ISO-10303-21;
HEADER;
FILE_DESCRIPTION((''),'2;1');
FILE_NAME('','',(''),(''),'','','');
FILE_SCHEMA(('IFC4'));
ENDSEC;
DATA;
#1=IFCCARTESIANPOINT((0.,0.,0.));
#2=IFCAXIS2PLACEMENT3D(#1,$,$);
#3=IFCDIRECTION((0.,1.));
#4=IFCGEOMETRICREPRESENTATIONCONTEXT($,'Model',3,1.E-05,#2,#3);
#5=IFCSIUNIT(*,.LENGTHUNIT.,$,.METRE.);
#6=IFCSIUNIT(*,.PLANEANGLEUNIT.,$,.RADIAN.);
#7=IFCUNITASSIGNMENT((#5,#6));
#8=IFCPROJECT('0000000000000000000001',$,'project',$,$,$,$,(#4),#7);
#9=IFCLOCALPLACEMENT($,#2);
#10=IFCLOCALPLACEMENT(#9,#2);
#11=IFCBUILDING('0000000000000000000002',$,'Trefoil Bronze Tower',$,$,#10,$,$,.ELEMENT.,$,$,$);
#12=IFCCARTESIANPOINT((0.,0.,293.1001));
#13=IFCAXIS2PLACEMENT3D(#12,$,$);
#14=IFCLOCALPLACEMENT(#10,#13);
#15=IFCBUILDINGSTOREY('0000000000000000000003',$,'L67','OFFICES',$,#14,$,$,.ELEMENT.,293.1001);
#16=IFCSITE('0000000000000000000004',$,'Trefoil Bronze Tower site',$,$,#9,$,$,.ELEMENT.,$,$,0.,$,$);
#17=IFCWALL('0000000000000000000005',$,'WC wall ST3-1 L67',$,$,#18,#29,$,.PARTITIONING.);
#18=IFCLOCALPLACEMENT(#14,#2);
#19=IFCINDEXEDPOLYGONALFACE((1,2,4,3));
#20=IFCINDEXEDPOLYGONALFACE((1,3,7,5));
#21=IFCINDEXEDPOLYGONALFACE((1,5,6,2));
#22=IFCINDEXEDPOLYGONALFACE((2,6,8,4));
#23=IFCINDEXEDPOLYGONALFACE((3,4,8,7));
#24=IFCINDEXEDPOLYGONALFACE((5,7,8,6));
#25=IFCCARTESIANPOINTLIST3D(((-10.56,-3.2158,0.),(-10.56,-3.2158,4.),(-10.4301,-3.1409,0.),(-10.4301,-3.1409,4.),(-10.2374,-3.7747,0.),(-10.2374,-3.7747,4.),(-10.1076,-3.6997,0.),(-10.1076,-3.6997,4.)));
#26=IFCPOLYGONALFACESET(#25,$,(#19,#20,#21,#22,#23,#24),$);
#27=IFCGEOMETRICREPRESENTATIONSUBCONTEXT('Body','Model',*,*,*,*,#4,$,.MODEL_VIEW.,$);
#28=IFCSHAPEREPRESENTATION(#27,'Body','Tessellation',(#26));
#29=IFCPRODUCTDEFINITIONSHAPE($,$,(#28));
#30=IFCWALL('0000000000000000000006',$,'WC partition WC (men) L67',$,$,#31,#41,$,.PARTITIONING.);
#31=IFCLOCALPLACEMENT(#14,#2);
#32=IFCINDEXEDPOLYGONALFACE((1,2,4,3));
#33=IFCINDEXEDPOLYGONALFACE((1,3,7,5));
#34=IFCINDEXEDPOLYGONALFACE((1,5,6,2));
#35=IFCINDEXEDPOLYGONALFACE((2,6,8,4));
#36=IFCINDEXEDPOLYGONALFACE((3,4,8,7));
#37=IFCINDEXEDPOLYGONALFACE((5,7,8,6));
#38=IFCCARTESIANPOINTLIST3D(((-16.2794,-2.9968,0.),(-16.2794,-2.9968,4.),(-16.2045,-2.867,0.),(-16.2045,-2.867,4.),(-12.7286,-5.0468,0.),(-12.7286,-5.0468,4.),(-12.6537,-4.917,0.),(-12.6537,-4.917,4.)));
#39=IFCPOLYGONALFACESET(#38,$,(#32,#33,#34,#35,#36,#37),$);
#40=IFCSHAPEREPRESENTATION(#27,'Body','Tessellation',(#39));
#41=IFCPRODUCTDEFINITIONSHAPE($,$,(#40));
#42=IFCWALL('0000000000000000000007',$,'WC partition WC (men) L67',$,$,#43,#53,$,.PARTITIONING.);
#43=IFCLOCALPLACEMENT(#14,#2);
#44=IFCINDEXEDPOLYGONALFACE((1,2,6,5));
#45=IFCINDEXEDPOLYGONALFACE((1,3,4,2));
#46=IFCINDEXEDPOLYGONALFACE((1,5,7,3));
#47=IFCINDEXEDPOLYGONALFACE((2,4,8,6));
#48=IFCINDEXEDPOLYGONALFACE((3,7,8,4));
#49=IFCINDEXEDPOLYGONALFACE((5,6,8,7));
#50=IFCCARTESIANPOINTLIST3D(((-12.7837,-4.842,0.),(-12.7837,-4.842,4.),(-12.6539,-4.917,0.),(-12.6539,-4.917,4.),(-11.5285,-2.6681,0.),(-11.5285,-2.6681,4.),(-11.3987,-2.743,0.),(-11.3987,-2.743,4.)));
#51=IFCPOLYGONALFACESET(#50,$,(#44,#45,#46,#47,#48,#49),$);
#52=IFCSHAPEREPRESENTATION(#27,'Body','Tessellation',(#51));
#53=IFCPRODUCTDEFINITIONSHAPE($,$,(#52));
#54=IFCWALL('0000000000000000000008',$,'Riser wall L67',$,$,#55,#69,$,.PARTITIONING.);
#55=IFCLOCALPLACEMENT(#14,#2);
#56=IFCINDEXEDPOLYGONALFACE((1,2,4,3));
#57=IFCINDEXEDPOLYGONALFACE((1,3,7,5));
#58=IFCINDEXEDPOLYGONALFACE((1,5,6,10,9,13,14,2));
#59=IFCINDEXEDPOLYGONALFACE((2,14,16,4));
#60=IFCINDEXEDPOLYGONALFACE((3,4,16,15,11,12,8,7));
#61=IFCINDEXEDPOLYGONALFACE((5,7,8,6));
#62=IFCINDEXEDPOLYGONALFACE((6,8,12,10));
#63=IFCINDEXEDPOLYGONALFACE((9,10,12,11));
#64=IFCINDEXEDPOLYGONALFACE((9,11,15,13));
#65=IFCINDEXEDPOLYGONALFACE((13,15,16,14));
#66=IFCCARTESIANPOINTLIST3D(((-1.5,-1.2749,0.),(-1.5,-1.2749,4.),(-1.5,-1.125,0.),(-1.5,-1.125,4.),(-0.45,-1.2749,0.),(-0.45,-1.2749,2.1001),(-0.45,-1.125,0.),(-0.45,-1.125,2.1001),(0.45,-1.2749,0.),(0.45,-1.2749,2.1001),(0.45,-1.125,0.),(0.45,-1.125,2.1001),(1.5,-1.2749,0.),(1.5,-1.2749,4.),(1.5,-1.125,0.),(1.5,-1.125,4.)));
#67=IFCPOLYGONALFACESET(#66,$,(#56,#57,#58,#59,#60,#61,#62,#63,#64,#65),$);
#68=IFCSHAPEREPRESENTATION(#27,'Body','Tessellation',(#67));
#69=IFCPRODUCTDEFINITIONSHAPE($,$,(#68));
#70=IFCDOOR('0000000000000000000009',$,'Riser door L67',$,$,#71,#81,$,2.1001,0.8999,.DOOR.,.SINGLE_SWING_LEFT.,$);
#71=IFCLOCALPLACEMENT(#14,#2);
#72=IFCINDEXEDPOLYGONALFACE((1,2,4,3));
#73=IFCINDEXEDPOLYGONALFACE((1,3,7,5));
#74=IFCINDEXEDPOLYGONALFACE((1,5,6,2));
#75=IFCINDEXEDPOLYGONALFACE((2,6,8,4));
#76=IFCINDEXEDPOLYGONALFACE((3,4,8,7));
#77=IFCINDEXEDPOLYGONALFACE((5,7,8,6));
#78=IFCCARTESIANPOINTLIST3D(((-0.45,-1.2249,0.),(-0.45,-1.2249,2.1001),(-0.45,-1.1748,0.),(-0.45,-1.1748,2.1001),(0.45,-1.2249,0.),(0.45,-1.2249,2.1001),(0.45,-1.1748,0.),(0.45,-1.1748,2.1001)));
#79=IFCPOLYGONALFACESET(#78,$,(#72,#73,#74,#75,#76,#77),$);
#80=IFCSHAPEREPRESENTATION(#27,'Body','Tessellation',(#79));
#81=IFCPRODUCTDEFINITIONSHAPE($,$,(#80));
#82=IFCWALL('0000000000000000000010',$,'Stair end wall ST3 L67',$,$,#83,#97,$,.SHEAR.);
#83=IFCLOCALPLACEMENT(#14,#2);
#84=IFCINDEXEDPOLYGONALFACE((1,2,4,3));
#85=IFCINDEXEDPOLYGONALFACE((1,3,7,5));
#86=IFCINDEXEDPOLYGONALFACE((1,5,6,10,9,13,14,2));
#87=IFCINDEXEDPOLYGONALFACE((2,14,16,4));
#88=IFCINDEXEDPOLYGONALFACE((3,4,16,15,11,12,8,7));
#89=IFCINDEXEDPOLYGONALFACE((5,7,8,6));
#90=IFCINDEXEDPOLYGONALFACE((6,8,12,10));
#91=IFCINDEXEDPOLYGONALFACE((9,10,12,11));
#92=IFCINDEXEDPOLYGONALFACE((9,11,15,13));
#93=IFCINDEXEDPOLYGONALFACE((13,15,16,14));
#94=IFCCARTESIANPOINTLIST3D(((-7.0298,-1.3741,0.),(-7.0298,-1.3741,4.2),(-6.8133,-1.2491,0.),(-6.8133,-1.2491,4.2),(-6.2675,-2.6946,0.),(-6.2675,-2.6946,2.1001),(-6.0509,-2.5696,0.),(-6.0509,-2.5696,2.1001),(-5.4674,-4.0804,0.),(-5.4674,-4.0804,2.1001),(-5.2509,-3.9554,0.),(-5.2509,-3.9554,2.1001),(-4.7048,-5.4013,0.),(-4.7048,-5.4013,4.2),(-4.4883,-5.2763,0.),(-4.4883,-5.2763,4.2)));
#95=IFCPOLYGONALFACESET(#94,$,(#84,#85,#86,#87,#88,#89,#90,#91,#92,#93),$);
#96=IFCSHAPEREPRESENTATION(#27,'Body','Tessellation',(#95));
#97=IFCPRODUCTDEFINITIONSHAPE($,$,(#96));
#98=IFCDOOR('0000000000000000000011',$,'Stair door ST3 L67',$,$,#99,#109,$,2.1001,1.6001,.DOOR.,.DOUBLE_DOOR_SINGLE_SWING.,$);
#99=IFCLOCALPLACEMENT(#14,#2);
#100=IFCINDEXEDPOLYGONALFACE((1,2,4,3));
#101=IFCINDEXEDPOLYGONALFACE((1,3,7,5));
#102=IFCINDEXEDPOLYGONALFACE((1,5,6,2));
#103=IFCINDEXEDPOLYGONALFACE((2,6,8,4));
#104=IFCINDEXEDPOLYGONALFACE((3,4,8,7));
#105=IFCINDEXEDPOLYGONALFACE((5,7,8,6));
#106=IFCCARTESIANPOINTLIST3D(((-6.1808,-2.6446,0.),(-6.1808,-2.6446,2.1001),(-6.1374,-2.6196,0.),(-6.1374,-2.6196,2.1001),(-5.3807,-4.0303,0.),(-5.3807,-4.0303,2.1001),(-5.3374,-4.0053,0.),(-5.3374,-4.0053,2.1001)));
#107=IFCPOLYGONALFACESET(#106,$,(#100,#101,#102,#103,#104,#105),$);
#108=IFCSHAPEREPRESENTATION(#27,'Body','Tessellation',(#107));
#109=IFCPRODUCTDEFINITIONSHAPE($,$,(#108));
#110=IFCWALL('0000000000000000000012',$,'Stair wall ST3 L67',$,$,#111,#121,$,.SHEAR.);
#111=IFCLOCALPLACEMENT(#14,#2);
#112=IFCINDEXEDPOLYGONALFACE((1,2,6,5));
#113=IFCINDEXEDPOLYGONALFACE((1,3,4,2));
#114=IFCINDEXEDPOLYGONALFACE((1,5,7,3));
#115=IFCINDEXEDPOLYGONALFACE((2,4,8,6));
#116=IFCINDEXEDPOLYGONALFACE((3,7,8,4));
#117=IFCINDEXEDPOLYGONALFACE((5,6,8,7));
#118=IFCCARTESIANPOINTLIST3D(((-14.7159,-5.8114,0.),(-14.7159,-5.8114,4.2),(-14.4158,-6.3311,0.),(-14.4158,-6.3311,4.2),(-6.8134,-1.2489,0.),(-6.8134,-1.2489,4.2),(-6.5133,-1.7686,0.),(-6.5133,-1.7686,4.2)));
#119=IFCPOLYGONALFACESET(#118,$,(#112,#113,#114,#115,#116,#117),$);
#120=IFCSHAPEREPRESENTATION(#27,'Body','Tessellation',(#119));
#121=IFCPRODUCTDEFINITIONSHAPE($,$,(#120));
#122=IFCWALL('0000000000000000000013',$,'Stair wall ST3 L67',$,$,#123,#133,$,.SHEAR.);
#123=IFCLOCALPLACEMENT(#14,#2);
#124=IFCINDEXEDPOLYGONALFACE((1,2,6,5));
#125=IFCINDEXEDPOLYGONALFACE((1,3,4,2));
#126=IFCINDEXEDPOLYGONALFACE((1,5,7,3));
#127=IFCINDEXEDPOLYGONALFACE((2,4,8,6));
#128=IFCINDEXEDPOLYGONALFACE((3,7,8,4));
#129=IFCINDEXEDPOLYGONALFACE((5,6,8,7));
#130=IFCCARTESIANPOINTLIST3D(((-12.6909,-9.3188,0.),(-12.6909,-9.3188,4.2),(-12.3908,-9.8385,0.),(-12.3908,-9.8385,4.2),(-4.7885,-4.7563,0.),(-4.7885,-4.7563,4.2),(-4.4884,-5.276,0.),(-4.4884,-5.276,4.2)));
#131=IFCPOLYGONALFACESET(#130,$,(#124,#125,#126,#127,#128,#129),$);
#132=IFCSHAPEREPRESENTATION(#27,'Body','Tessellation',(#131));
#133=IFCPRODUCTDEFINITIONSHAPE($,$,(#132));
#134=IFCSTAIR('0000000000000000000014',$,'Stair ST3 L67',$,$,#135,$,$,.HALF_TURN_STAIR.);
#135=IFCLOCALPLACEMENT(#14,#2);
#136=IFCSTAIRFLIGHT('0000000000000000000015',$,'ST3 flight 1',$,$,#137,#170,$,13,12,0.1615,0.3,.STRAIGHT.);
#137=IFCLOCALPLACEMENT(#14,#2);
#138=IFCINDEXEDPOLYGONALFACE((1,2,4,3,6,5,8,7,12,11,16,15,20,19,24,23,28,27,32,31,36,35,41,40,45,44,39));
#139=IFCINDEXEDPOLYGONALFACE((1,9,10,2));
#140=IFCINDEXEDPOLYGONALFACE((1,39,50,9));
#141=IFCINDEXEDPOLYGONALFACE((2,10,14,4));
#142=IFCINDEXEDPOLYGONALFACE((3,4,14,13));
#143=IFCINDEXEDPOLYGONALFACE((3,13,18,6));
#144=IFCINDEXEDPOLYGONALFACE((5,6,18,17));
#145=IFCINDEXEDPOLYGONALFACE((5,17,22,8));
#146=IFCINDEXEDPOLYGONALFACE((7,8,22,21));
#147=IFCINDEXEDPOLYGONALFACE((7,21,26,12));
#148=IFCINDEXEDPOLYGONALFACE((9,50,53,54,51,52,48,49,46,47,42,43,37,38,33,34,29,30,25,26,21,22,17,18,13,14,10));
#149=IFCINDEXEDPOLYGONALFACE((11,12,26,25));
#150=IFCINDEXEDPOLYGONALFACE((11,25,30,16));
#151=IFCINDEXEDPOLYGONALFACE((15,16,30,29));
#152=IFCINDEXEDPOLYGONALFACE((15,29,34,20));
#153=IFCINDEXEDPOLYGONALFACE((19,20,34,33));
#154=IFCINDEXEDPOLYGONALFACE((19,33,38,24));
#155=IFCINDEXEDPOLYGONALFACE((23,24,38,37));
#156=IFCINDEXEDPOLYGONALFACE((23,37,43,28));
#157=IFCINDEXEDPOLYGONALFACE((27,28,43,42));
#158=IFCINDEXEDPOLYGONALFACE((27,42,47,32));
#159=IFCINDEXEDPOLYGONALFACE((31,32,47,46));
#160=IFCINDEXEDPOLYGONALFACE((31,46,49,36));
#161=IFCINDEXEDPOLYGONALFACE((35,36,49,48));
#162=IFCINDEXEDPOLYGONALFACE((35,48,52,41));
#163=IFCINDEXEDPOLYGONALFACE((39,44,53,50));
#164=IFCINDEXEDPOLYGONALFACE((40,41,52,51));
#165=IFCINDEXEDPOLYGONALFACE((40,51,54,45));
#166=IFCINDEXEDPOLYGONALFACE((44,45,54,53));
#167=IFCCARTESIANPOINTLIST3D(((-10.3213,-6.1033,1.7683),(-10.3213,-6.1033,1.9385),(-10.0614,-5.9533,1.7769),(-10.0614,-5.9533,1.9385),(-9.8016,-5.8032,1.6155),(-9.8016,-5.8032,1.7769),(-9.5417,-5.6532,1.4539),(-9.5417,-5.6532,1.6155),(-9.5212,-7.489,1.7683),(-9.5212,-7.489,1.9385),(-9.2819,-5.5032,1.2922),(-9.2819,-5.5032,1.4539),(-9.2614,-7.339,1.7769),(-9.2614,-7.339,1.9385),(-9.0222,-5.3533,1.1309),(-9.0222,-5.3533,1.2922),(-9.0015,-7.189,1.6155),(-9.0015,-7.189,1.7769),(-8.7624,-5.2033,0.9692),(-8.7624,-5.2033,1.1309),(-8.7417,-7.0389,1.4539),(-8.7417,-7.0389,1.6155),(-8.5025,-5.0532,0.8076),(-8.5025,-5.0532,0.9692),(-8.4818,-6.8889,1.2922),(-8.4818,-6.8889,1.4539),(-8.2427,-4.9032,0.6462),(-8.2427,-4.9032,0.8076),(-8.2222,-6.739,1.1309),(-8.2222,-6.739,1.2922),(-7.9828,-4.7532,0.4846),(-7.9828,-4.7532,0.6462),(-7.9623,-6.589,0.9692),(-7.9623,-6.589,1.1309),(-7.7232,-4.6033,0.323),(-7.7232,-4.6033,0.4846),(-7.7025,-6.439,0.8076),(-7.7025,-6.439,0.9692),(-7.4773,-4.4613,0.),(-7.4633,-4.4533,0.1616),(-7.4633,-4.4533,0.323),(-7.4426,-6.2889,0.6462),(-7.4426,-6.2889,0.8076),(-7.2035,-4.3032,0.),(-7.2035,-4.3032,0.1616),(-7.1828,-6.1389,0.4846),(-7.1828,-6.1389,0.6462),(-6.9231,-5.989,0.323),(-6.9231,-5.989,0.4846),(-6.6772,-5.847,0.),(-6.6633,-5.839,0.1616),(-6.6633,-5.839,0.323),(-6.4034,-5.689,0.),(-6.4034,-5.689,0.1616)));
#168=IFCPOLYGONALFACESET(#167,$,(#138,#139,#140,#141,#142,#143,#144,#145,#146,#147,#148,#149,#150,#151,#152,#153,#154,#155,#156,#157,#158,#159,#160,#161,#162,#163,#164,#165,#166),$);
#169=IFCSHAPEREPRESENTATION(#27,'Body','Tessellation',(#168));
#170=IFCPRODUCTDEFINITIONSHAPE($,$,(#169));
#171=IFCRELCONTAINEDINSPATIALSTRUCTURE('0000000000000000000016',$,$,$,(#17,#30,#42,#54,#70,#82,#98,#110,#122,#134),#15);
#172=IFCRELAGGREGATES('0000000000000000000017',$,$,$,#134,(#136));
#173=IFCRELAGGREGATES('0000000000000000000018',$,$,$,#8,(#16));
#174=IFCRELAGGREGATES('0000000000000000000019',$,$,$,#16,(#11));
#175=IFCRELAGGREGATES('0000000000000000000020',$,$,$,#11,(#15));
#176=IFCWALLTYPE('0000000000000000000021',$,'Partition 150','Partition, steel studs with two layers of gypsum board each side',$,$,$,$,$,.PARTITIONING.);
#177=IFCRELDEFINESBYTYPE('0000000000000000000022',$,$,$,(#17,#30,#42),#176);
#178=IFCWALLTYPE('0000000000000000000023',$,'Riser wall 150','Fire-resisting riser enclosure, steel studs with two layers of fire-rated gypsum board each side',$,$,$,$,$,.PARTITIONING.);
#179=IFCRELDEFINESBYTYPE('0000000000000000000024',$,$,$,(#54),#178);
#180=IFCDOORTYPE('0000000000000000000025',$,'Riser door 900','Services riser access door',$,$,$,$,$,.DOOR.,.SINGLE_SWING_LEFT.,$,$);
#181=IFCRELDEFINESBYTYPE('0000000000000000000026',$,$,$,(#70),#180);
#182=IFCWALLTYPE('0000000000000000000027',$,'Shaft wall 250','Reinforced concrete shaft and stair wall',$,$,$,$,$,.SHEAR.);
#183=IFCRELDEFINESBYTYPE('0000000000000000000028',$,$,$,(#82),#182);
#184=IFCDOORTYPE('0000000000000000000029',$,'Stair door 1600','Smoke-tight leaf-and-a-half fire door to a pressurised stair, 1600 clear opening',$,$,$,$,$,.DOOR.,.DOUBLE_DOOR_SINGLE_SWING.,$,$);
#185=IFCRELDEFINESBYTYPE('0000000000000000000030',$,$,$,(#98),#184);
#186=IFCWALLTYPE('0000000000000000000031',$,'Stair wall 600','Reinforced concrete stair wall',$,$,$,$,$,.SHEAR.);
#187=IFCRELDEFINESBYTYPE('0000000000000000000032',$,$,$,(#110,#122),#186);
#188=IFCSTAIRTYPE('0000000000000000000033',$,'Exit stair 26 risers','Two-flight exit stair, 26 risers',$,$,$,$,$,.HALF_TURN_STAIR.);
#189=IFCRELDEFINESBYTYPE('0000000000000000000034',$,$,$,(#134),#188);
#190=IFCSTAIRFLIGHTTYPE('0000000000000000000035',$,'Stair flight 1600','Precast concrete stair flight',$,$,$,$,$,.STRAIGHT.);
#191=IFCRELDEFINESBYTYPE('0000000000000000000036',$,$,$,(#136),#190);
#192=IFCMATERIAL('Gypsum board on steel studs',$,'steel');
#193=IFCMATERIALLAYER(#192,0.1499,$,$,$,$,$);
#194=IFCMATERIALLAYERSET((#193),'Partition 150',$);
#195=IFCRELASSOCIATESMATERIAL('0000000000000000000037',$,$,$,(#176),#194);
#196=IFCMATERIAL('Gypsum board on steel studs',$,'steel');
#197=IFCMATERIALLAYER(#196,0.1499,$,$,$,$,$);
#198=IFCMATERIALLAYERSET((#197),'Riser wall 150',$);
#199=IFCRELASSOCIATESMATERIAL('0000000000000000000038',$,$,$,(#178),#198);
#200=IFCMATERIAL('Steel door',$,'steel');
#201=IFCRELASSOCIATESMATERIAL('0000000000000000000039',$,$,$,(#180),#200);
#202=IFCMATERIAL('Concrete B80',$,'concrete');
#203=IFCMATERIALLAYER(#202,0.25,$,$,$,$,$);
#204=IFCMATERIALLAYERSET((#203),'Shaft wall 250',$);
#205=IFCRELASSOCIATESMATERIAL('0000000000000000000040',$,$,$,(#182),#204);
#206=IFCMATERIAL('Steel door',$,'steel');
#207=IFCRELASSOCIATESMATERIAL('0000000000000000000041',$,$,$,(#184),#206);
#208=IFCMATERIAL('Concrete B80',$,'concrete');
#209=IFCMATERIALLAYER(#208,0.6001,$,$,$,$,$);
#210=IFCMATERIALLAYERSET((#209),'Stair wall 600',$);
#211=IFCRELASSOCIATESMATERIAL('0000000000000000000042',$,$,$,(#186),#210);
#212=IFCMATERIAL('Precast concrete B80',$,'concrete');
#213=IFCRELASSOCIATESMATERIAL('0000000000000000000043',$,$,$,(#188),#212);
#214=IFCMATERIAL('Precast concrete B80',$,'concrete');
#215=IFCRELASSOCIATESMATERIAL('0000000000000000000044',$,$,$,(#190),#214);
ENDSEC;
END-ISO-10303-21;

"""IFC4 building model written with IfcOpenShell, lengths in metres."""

from ifc_helpers import new_model, si_unit, direction, frame, frame_2d, origin, place, context, subcontext, project, spatial, polyline, rectangle, outline, extrude, material, layer, layer_set, type_object, element, fill, aggregate, save


model = new_model("IFC4")

# Units and contexts
model_context = context("Model", 3, precision=1e-05, world=origin(), true_north=direction((0.0, 1.0)))
body_context = subcontext(model_context, "Body", "Model", "MODEL_VIEW")
ifc_project = project(units=[si_unit("LENGTHUNIT", "METRE"), si_unit("PLANEANGLEUNIT", "RADIAN")], contexts=[model_context])

# Site, building, storey
site_placement = place(None, origin())
site = spatial("IfcSite", under=ifc_project, at=site_placement, Name="Trefoil Bronze Tower site", CompositionType="ELEMENT", RefElevation=0.0)
building_placement = place(site_placement, origin())
building = spatial("IfcBuilding", under=site, at=building_placement, Name="Trefoil Bronze Tower", CompositionType="ELEMENT")
storey_placement = place(building_placement, frame((0.0, 0.0, 293.1001)))
storey = spatial("IfcBuildingStorey", under=building, at=storey_placement, Name="L67", Description="OFFICES", CompositionType="ELEMENT", Elevation=293.1001)

# Shared definitions
ifc_material_1 = material(Name="Gypsum board on steel studs", Category="steel")
ifc_layer_1 = layer(ifc_material_1, 0.1499)
ifc_layer_set_1 = layer_set([ifc_layer_1], Name="Partition 150")
wall_type_1 = type_object("IfcWallType", Name="Partition 150", Description="Partition, steel studs with two layers of gypsum board each side", PredefinedType="PARTITIONING", material=ifc_layer_set_1)

# Walls
wall_1_placement = place(storey_placement, frame((-10.4951, -3.1782, 0.0), z_axis=(0.0, 0.0, 1.0), x_axis=(0.499843, -0.866116, 0.0)))
element("IfcWall", 1, at=wall_1_placement, inside=storey, type_object=wall_type_1, Name="WC wall ST3-1 L67", PredefinedType="PARTITIONING", context=body_context, shape_type="SweptSolid", body=[
    extrude(rectangle(XDim=0.6453, YDim=0.1499, at=frame_2d((0.3228, 0.0))), origin(), (0.0, 0.0, 1.0), 4.0),
])
wall_2_placement = place(storey_placement, frame((-12.6912, -4.9819, 0.0), z_axis=(0.0, 0.0, 1.0), x_axis=(-0.866025, 0.500001, 0.0)))
element("IfcWall", 2, at=wall_2_placement, inside=storey, type_object=wall_type_1, Name="WC partition WC (men) L67", PredefinedType="PARTITIONING", context=body_context, shape_type="SweptSolid", body=[
    extrude(rectangle(XDim=4.1001, YDim=0.1499, at=frame_2d((2.05, 0.0))), origin(), (0.0, 0.0, 1.0), 4.0),
])
wall_3_placement = place(storey_placement, frame((-11.4636, -2.7056, 0.0), z_axis=(0.0, 0.0, 1.0), x_axis=(-0.50002, -0.866014, 0.0)))
element("IfcWall", 3, at=wall_3_placement, inside=storey, type_object=wall_type_1, Name="WC partition WC (men) L67", PredefinedType="PARTITIONING", context=body_context, shape_type="SweptSolid", body=[
    extrude(rectangle(XDim=2.5103, YDim=0.1499, at=frame_2d((1.2551, 0.0))), origin(), (0.0, 0.0, 1.0), 4.0),
])

# Walls, openings, doors
ifc_material_2 = material(Name="Gypsum board on steel studs", Category="steel")
ifc_layer_2 = layer(ifc_material_2, 0.1499)
ifc_layer_set_2 = layer_set([ifc_layer_2], Name="Riser wall 150")
wall_type_2 = type_object("IfcWallType", Name="Riser wall 150", Description="Fire-resisting riser enclosure, steel studs with two layers of fire-rated gypsum board each side", PredefinedType="PARTITIONING", material=ifc_layer_set_2)
wall_4_placement = place(storey_placement, frame((-1.5, -1.2, 0.0), z_axis=(0.0, 0.0, 1.0), x_axis=(1.0, 0.0, 0.0)))
wall_4 = element("IfcWall", 4, at=wall_4_placement, inside=storey, type_object=wall_type_2, Name="Riser wall L67", PredefinedType="PARTITIONING", context=body_context, shape_type="SweptSolid", body=[
    extrude(rectangle(XDim=3.0, YDim=0.1499, at=frame_2d((1.5, 0.0))), origin(), (0.0, 0.0, 1.0), 4.0),
])
opening_1_placement = place(wall_4_placement, frame((1.05, 0.0, 0.0)))
opening_1 = element("IfcOpeningElement", 5, at=opening_1_placement, cuts=wall_4, PredefinedType="OPENING", context=body_context, shape_type="SweptSolid", body=[
    extrude(rectangle(XDim=0.8999, YDim=2.1001, at=frame_2d((0.45, 1.05))), frame((0.0, 0.085, 0.0), z_axis=(0.0, -1.0, 0.0), x_axis=(1.0, 0.0, 0.0)), (0.0, 0.0, 1.0), 0.1699),
])
ifc_material_3 = material(Name="Steel door", Category="steel")
door_type_1 = type_object("IfcDoorType", Name="Riser door 900", Description="Services riser access door", OperationType="SINGLE_SWING_LEFT", PredefinedType="DOOR", material=ifc_material_3)
door_1_placement = place(opening_1_placement, frame((0.8999, 0.0, 0.0), z_axis=(0.0, 0.0, 1.0), x_axis=(-1.0, 0.0, 0.0)))
door_1 = element("IfcDoor", 6, at=door_1_placement, inside=storey, type_object=door_type_1, Name="Riser door L67", OperationType="SINGLE_SWING_LEFT", OverallHeight=2.1001, OverallWidth=0.8999, PredefinedType="DOOR", context=body_context, shape_type="SweptSolid", body=[
    extrude(rectangle(XDim=0.8999, YDim=2.1001, at=frame_2d((0.45, 1.05))), frame((0.0, 0.0249, 0.0), z_axis=(0.0, -1.0, 0.0), x_axis=(1.0, 0.0, 0.0)), (0.0, 0.0, 1.0), 0.05),
])
fill(opening_1, door_1)
ifc_material_4 = material(Name="Concrete B80", Category="concrete")
ifc_layer_3 = layer(ifc_material_4, 0.25)
ifc_layer_set_3 = layer_set([ifc_layer_3], Name="Shaft wall 250")
wall_type_3 = type_object("IfcWallType", Name="Shaft wall 250", Description="Reinforced concrete shaft and stair wall", PredefinedType="SHEAR", material=ifc_layer_set_3)
wall_5_placement = place(storey_placement, frame((-6.9216, -1.3115, 0.0), z_axis=(0.0, 0.0, 1.0), x_axis=(0.499985, -0.866034, 0.0)))
wall_5 = element("IfcWall", 7, at=wall_5_placement, inside=storey, type_object=wall_type_3, Name="Stair end wall ST3 L67", PredefinedType="SHEAR", context=body_context, shape_type="SweptSolid", body=[
    extrude(rectangle(XDim=4.6501, YDim=0.25, at=frame_2d((2.3252, 0.0))), origin(), (0.0, 0.0, 1.0), 4.2),
])
opening_2_placement = place(wall_5_placement, frame((1.5249, 0.0, 0.0)))
opening_2 = element("IfcOpeningElement", 8, at=opening_2_placement, cuts=wall_5, PredefinedType="OPENING", context=body_context, shape_type="SweptSolid", body=[
    extrude(rectangle(XDim=1.6001, YDim=2.1001, at=frame_2d((0.8, 1.05))), frame((0.0, 0.135, 0.0), z_axis=(0.0, -1.0, 0.0), x_axis=(1.0, 0.0, 0.0)), (0.0, 0.0, 1.0), 0.27),
])
ifc_material_5 = material(Name="Steel door", Category="steel")
door_type_2 = type_object("IfcDoorType", Name="Stair door 1600", Description="Smoke-tight leaf-and-a-half fire door to a pressurised stair, 1600 clear opening", OperationType="DOUBLE_DOOR_SINGLE_SWING", PredefinedType="DOOR", material=ifc_material_5)
door_2_placement = place(opening_2_placement, frame((1.6001, 0.0, 0.0), z_axis=(0.0, 0.0, 1.0), x_axis=(-1.0, 0.0, 0.0)))
door_2 = element("IfcDoor", 9, at=door_2_placement, inside=storey, type_object=door_type_2, Name="Stair door ST3 L67", OperationType="DOUBLE_DOOR_SINGLE_SWING", OverallHeight=2.1001, OverallWidth=1.6001, PredefinedType="DOOR", context=body_context, shape_type="SweptSolid", body=[
    extrude(rectangle(XDim=1.6001, YDim=2.1001, at=frame_2d((0.8, 1.05))), frame((0.0, 0.0249, 0.0), z_axis=(0.0, -1.0, 0.0), x_axis=(1.0, 0.0, 0.0)), (0.0, 0.0, 1.0), 0.05),
])
fill(opening_2, door_2)

# Walls
ifc_material_6 = material(Name="Concrete B80", Category="concrete")
ifc_layer_4 = layer(ifc_material_6, 0.6001)
ifc_layer_set_4 = layer_set([ifc_layer_4], Name="Stair wall 600")
wall_type_4 = type_object("IfcWallType", Name="Stair wall 600", Description="Reinforced concrete stair wall", PredefinedType="SHEAR", material=ifc_layer_set_4)
for number, where, z_axis, x_axis, name in (
    (10, (-6.6633, -1.5088, 0.0), (0.0, 0.0, 1.0), (-0.866028, -0.499995, 0.0), "Stair wall ST3 L67"),
    (11, (-4.6384, -5.0161, 0.0), (0.0, 0.0, 1.0), (-0.866022, -0.500007, 0.0), "Stair wall ST3 L67"),
):
    element("IfcWall", number, at=place(storey_placement, frame(where, z_axis=z_axis, x_axis=x_axis)), inside=storey, type_object=wall_type_4, Name=name, PredefinedType="SHEAR", context=body_context, shape_type="SweptSolid", body=[
        extrude(rectangle(XDim=9.125, YDim=0.6001, at=frame_2d((4.5625, 0.0))), origin(), (0.0, 0.0, 1.0), 4.2),
    ])

# Stair, stair flight
ifc_material_7 = material(Name="Precast concrete B80", Category="concrete")
stair_type = type_object("IfcStairType", Name="Exit stair 26 risers", Description="Two-flight exit stair, 26 risers", PredefinedType="HALF_TURN_STAIR", material=ifc_material_7)
stair_placement = place(storey_placement, origin())
stair = element("IfcStair", 12, at=stair_placement, inside=storey, type_object=stair_type, Name="Stair ST3 L67", PredefinedType="HALF_TURN_STAIR")
ifc_material_8 = material(Name="Precast concrete B80", Category="concrete")
stair_flight_type = type_object("IfcStairFlightType", Name="Stair flight 1600", Description="Precast concrete stair flight", PredefinedType="STRAIGHT", material=ifc_material_8)
stair_flight_placement = place(storey_placement, frame((-6.8035, -4.9961, 0.0), z_axis=(0.0, 0.0, 1.0), x_axis=(-0.866025, -0.5, 0.0)))
stair_flight = element("IfcStairFlight", 13, at=stair_flight_placement, type_object=stair_flight_type, Name="ST3 flight 1", NumberOfRisers=13, NumberOfTreads=12, PredefinedType="STRAIGHT", RiserHeight=0.1615, TreadLength=0.3, context=body_context, shape_type="SweptSolid", body=[
    extrude(outline(polyline([(0.0, 0.0), (0.0, 0.1616), (0.3, 0.1616), (0.3, 0.323), (0.6001, 0.323), (0.6001, 0.4846), (0.8999, 0.4846), (0.8999, 0.6462), (1.2, 0.6462), (1.2, 0.8076), (1.5, 0.8076), (1.5, 0.9692), (1.8, 0.9692), (1.8, 1.1309), (2.1001, 1.1309), (2.1001, 1.2922), (2.3999, 1.2922), (2.3999, 1.4539), (2.7, 1.4539), (2.7, 1.6155), (3.0, 1.6155), (3.0, 1.7769), (3.3, 1.7769), (3.3, 1.9385), (3.6001, 1.9385), (3.6001, 2.1001), (3.6001, 1.7683), (0.3162, 0.0), (0.0, 0.0)])), frame((0.0, 0.8, 0.0), z_axis=(0.0, -1.0, 0.0), x_axis=(1.0, 0.0, 0.0)), (0.0, 0.0, 1.0), 1.6001),
])
aggregate(stair, [stair_flight])

save(model, "model.ifc")
